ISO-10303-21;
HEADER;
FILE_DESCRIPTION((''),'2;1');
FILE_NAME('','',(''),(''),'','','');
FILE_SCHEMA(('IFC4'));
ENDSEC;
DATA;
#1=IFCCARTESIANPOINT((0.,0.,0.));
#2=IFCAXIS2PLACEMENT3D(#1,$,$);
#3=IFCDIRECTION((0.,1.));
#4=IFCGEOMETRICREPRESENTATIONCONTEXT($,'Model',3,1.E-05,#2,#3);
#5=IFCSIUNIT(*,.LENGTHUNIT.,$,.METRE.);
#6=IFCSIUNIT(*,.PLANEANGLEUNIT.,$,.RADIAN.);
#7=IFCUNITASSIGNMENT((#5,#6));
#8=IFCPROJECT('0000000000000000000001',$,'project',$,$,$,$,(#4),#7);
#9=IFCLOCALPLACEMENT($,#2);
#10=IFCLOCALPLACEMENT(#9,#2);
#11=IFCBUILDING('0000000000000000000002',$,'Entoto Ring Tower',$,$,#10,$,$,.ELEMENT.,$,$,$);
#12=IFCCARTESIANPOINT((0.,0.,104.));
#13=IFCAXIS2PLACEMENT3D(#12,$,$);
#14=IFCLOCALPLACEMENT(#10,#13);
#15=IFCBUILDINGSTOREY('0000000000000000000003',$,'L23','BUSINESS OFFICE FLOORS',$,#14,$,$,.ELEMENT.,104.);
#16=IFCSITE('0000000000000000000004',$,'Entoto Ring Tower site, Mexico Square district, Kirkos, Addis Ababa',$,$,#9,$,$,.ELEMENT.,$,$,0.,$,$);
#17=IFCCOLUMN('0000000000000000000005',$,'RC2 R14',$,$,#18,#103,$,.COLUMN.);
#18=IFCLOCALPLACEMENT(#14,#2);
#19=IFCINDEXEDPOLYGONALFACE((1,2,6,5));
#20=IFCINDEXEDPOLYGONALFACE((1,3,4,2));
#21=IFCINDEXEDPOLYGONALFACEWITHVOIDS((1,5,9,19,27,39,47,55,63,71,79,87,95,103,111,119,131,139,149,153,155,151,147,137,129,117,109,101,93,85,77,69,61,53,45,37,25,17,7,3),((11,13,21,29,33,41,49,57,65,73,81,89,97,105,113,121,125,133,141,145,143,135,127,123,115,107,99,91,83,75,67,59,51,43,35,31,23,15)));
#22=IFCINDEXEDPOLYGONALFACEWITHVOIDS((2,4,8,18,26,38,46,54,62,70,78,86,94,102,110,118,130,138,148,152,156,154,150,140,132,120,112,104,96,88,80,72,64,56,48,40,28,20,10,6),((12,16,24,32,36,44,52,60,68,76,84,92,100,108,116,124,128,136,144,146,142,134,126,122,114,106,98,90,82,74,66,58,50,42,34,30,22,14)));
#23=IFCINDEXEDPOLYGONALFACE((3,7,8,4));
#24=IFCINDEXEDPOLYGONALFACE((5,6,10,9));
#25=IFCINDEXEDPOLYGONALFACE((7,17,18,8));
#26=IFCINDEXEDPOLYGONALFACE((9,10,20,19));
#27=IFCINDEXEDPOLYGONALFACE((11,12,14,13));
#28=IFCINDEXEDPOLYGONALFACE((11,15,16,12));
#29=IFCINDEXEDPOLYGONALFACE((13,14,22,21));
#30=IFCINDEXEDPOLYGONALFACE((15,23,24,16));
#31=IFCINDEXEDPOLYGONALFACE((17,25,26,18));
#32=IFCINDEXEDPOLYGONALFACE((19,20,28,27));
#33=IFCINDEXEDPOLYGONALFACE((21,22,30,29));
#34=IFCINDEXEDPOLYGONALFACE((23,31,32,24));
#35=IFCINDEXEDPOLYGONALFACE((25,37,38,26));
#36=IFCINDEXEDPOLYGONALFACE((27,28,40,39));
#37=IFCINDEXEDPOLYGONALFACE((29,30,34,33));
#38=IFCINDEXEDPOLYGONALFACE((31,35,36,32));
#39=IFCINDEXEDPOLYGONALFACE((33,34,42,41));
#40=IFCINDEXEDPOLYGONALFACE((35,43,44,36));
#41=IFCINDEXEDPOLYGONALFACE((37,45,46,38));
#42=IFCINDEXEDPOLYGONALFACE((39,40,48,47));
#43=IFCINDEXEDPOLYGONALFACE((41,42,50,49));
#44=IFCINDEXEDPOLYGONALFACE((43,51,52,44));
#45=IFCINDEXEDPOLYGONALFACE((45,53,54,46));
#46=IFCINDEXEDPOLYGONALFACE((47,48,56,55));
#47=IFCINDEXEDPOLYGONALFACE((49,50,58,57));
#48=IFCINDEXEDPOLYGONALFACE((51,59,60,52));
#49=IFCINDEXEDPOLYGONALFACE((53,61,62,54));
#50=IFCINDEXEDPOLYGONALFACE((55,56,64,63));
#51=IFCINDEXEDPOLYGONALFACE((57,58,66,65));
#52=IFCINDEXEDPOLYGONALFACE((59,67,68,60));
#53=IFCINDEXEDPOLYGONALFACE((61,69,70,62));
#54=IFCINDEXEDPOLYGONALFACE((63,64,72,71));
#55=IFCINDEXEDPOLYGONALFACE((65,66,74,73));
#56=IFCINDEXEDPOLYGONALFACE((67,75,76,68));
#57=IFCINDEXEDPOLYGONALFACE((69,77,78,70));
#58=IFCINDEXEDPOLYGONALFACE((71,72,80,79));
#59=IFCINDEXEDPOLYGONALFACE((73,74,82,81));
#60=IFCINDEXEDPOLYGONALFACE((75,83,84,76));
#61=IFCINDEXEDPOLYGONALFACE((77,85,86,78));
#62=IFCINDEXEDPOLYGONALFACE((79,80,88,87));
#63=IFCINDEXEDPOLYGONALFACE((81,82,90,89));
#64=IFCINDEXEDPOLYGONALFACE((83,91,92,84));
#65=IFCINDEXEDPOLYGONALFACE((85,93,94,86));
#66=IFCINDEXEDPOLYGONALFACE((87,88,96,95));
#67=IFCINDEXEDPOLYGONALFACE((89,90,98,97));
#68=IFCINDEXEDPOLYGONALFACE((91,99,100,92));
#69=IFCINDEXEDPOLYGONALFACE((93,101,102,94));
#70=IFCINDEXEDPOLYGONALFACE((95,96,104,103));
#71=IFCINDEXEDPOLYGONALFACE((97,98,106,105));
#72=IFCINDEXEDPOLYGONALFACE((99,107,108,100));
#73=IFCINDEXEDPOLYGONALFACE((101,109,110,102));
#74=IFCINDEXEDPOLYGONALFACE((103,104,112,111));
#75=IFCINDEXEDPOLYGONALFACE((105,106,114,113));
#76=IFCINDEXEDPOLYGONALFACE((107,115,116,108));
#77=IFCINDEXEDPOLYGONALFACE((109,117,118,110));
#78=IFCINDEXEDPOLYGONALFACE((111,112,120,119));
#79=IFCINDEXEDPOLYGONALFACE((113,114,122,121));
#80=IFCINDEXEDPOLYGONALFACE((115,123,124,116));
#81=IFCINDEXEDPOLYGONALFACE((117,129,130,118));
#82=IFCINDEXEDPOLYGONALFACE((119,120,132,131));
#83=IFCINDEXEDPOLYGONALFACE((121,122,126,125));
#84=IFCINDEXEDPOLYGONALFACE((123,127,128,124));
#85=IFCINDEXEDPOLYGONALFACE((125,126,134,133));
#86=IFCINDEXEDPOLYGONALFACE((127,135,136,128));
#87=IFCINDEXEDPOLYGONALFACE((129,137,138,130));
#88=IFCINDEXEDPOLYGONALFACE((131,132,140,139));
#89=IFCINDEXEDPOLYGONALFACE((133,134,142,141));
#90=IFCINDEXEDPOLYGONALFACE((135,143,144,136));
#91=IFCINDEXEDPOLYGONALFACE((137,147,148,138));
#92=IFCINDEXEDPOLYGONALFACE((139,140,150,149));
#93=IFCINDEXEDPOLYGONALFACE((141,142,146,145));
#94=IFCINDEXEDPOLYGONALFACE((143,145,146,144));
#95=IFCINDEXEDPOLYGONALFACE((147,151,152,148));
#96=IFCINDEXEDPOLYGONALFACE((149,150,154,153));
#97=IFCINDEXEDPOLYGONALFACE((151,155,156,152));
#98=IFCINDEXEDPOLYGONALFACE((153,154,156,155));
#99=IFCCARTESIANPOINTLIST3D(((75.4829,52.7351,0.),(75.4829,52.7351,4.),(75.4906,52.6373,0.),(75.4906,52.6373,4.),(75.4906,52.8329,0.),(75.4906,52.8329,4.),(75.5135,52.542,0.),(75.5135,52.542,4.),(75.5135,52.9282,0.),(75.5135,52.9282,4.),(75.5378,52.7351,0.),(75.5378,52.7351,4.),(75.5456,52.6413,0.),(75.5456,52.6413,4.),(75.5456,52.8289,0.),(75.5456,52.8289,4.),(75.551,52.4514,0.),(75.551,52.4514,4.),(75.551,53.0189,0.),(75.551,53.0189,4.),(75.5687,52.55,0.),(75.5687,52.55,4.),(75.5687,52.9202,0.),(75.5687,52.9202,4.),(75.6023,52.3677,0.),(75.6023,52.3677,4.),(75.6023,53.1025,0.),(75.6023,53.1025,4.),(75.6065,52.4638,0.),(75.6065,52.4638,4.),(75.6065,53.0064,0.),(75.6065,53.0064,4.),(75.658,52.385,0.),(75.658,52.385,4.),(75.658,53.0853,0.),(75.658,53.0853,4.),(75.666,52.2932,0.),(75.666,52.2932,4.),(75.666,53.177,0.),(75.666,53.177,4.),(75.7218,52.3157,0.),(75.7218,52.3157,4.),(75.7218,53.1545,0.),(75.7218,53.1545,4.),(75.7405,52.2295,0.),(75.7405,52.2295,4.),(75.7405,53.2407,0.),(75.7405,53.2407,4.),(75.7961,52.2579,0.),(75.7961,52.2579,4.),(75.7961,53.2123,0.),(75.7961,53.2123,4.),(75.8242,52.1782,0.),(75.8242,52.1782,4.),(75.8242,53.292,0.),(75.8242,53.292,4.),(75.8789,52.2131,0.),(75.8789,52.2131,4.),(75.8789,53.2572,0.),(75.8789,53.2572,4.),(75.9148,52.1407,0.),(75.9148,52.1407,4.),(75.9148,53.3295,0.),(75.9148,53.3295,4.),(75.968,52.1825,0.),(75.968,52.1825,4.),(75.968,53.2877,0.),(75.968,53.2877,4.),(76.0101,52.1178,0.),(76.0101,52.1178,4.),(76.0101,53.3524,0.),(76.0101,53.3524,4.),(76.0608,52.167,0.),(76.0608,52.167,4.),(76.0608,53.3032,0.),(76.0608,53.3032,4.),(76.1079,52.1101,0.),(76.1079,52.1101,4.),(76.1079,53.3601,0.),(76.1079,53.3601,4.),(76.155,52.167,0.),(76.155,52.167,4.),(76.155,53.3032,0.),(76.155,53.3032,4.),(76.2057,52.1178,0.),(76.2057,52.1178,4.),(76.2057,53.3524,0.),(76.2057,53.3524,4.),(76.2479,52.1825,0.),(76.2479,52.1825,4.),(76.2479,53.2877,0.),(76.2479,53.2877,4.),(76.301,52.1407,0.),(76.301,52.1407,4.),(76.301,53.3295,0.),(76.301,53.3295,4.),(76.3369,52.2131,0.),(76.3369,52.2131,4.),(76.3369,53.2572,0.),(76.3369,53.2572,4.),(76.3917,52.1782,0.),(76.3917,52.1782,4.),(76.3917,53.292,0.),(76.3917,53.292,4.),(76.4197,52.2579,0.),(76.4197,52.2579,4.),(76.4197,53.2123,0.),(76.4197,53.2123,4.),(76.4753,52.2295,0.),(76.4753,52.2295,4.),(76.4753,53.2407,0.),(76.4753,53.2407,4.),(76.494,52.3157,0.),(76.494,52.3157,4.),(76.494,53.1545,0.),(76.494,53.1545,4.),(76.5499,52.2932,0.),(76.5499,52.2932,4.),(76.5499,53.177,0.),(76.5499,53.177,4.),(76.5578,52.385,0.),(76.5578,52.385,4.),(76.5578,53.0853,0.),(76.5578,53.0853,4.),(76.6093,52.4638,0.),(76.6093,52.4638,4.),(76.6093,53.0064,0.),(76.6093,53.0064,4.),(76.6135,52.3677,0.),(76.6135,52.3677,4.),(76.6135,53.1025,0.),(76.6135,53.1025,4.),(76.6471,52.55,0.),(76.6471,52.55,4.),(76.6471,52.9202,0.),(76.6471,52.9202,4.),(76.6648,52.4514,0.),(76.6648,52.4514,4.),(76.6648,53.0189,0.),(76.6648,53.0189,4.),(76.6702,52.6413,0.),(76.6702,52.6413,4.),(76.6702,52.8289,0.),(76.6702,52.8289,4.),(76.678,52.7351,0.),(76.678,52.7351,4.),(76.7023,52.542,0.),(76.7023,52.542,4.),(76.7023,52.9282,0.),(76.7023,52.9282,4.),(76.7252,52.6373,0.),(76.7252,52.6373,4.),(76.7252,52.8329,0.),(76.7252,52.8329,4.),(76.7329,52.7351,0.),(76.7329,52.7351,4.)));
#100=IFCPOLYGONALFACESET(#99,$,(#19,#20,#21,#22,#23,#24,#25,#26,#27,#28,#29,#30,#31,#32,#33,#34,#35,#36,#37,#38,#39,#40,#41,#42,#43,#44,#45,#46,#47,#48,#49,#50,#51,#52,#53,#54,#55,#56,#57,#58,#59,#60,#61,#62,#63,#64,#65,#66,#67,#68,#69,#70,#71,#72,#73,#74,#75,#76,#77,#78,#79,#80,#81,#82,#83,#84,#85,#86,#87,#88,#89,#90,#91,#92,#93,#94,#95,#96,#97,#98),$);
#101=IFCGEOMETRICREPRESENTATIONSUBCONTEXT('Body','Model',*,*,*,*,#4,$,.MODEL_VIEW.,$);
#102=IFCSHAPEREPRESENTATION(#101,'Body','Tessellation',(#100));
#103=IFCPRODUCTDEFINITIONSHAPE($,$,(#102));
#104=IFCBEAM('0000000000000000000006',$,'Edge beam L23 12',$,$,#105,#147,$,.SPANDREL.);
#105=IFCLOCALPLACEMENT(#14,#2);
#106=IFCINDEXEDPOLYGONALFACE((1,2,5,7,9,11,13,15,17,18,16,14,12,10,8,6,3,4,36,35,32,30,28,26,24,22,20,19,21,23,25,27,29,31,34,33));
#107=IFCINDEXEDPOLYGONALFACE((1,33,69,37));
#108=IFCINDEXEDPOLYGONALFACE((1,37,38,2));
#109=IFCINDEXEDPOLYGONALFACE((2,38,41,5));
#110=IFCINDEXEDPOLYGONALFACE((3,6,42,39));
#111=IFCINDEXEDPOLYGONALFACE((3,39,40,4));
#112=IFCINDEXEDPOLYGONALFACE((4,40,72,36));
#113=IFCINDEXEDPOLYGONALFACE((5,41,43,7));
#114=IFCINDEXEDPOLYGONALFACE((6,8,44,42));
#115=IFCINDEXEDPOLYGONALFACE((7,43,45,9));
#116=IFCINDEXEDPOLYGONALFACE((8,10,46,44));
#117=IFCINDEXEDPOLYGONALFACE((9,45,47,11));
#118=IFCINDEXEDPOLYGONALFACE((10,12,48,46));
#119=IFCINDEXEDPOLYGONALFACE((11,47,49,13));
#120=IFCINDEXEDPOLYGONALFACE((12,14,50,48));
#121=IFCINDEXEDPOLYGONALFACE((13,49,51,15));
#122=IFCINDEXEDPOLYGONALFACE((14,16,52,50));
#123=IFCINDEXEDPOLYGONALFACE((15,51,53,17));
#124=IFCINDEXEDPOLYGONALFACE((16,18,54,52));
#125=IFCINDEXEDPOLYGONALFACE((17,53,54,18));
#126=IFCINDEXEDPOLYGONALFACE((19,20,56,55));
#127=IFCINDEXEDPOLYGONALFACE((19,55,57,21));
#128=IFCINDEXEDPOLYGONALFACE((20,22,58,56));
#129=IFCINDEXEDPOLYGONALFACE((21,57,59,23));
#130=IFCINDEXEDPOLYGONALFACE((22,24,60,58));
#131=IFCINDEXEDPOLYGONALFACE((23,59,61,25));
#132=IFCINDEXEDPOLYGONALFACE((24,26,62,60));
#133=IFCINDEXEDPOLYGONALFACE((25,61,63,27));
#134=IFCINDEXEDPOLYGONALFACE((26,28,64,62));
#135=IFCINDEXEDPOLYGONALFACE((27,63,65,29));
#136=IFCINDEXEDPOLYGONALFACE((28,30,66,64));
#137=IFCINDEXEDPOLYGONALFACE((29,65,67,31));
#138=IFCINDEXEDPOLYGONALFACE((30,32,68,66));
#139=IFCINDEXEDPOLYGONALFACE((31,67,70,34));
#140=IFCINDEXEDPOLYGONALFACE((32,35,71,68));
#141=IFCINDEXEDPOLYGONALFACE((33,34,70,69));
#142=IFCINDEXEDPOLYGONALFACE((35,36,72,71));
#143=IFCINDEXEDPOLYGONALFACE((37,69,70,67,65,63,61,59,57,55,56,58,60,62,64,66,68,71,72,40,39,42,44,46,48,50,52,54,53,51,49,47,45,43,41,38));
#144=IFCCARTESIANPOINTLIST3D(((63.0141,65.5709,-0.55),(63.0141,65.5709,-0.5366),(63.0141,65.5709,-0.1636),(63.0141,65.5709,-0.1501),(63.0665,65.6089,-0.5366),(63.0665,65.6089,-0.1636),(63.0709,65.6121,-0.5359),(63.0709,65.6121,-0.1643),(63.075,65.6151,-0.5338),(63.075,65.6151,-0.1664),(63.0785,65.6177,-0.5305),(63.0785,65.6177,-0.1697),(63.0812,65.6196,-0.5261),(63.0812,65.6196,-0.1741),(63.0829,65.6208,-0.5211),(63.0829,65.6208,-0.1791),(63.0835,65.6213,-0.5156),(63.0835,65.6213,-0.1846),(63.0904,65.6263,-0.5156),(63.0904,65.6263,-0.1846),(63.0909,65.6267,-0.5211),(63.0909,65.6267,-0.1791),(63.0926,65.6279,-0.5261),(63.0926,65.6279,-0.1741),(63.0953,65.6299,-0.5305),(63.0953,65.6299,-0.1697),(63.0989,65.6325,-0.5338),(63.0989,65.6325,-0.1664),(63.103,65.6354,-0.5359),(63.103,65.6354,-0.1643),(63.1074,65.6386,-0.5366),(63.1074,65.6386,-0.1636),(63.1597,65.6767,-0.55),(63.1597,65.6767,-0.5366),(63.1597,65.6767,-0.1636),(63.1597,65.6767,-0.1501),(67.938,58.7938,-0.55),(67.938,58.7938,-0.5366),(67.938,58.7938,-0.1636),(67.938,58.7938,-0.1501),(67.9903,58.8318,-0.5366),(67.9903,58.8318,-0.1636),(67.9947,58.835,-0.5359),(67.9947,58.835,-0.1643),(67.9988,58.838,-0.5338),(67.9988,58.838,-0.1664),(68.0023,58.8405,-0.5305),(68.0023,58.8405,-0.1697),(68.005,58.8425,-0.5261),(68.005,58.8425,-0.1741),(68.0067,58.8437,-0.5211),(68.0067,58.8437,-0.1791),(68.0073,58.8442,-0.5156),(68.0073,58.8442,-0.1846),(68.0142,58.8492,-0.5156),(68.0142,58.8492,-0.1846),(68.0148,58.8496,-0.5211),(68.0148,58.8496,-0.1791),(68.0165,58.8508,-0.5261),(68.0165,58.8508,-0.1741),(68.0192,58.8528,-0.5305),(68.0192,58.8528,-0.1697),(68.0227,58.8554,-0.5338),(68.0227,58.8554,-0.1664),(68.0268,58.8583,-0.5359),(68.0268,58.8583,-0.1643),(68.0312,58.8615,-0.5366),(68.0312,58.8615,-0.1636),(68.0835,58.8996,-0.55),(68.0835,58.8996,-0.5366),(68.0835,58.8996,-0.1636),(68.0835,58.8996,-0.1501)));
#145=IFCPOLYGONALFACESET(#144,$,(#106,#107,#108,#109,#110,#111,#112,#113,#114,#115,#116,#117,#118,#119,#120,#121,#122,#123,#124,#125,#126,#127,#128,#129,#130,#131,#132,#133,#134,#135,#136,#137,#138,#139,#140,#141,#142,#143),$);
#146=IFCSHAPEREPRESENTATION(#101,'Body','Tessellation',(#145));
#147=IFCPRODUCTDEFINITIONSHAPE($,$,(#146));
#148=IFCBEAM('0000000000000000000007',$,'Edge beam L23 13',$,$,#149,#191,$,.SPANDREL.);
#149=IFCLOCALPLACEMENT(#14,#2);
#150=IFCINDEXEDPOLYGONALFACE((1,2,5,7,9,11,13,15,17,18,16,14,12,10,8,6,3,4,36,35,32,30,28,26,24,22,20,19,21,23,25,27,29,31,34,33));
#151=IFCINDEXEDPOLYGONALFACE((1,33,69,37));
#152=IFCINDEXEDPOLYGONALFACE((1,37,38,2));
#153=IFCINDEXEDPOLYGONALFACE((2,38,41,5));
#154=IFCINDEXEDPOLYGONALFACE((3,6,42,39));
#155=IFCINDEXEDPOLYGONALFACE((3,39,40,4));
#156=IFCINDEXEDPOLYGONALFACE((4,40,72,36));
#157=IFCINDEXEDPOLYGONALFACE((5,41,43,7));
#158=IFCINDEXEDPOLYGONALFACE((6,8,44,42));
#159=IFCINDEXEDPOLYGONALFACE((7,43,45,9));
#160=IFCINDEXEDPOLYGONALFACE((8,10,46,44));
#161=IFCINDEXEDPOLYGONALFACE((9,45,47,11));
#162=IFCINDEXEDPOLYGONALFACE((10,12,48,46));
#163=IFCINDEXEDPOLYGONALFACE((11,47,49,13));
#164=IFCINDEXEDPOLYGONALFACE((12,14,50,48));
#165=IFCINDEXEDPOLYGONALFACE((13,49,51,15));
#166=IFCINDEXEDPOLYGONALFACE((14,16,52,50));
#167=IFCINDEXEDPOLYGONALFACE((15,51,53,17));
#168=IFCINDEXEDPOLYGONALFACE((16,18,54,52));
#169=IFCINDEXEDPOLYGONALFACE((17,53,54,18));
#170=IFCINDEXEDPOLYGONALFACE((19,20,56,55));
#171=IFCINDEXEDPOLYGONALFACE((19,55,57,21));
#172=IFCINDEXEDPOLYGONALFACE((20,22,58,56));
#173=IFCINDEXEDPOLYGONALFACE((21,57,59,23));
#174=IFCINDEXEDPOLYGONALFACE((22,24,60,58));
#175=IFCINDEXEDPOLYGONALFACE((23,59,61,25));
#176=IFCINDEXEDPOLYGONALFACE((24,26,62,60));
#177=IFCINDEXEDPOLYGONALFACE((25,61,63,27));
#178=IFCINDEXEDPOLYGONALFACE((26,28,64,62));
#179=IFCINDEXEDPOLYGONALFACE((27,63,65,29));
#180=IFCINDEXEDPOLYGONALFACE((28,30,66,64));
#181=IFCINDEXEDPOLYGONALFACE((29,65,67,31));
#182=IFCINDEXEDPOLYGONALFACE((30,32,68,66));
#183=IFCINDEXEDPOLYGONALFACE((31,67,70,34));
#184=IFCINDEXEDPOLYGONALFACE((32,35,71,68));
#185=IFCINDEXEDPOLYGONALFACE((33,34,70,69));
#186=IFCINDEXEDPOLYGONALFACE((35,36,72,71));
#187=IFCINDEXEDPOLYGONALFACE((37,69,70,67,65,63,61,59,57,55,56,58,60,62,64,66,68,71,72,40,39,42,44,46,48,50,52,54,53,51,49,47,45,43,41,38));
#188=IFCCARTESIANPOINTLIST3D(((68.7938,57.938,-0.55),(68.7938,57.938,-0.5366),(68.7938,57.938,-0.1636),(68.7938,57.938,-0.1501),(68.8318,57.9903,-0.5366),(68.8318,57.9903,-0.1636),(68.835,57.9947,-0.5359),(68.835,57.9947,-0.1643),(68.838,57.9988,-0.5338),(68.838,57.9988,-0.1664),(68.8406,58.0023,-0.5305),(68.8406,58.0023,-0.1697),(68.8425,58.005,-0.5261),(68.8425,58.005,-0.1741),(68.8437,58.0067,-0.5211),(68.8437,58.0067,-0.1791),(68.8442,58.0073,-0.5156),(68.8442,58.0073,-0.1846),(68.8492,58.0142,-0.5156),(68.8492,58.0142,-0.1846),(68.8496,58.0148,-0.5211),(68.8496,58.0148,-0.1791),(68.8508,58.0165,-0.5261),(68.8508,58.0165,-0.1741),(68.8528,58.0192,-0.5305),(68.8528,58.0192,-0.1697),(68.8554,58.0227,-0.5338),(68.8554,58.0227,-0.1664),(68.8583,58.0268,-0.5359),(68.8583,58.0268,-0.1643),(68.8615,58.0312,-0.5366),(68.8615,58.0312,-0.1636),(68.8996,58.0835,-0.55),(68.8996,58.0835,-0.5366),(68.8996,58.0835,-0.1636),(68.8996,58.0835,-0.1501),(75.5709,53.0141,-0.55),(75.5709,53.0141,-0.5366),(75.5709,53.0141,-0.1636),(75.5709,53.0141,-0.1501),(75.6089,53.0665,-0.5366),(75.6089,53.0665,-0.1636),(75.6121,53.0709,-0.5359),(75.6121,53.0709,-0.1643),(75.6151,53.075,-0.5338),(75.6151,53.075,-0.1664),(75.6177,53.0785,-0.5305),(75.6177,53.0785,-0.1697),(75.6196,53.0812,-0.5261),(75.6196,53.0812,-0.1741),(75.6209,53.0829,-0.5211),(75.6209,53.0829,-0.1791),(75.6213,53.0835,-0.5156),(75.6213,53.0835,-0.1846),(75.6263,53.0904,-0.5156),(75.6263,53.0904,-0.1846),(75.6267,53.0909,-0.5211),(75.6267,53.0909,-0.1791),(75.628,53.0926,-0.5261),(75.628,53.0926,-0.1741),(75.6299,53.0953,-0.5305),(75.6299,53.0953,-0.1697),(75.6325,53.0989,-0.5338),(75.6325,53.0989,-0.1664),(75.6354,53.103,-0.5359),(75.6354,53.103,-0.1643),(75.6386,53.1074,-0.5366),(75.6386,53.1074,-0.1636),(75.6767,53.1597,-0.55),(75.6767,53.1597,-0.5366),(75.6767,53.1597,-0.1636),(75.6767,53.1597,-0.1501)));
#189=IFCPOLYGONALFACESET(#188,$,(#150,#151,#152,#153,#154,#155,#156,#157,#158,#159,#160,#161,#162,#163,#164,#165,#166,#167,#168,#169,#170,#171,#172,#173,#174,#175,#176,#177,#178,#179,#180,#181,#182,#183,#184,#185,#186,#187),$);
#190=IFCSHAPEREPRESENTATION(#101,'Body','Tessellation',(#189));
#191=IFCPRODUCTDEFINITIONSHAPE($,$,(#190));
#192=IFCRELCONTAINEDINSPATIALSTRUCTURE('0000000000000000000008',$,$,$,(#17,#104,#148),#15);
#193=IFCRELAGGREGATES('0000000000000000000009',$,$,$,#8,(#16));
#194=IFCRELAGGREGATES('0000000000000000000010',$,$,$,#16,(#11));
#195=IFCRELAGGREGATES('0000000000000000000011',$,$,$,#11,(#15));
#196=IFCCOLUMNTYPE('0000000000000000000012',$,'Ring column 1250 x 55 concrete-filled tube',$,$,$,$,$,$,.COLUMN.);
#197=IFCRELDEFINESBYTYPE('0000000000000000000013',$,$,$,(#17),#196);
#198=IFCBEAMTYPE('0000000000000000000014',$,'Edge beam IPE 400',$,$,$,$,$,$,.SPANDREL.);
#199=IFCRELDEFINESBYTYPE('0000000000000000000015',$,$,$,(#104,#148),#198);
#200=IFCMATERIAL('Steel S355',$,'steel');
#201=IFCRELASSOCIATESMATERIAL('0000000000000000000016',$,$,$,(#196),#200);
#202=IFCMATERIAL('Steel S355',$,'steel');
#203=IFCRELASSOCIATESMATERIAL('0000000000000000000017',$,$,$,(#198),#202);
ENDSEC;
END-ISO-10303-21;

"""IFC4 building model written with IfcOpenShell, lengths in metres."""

from ifc_helpers import new_model, si_unit, direction, frame, origin, origin_2d, place, context, subcontext, project, spatial, circle, hollow_circle, i_section, extrude, material, material_profile, profile_set, type_object, element, save


model = new_model("IFC4")

# Units and contexts
model_context = context("Model", 3, precision=1e-05, world=origin(), true_north=direction((0.0, 1.0)))
body_context = subcontext(model_context, "Body", "Model", "MODEL_VIEW")
ifc_project = project(units=[si_unit("LENGTHUNIT", "METRE"), si_unit("PLANEANGLEUNIT", "RADIAN")], contexts=[model_context])

# Site, building, storey
site_placement = place(None, origin())
site = spatial("IfcSite", under=ifc_project, at=site_placement, Name="Entoto Ring Tower site, Mexico Square district, Kirkos, Addis Ababa", CompositionType="ELEMENT", RefElevation=0.0)
building_placement = place(site_placement, origin())
building = spatial("IfcBuilding", under=site, at=building_placement, Name="Entoto Ring Tower", CompositionType="ELEMENT")
storey_placement = place(building_placement, frame((0.0, 0.0, 104.0)))
storey = spatial("IfcBuildingStorey", under=building, at=storey_placement, Name="L23", Description="BUSINESS OFFICE FLOORS", CompositionType="ELEMENT", Elevation=104.0)

# Column
ifc_material_1 = material(Name="Steel S355", Category="steel")
ifc_material_profile_1 = material_profile(ifc_material_1, hollow_circle(Radius=0.625, WallThickness=0.0549, at=origin_2d()), Name="CHS 1250 x 55")
ifc_material_2 = material(Name="Concrete C60/75", Category="concrete")
ifc_material_profile_2 = material_profile(ifc_material_2, circle(Radius=0.5701, at=origin_2d()), Name="Concrete C60/75 infill")
ifc_profile_set_1 = profile_set([ifc_material_profile_1, ifc_material_profile_2], Name="Steel S355")
column_type = type_object("IfcColumnType", Name="Ring column 1250 x 55 concrete-filled tube", PredefinedType="COLUMN", material=ifc_profile_set_1)
for number, where, z_axis, x_axis, name in (
    (1, (76.1079, 52.7351, 0.0), (0.0, 0.0, 1.0), (1.0, 0.0, 0.0), "RC2 R14"),
):
    element("IfcColumn", number, at=place(storey_placement, frame(where, z_axis=z_axis, x_axis=x_axis)), inside=storey, type_object=column_type, Name=name, PredefinedType="COLUMN", context=body_context, shape_type="SweptSolid", body=[
        extrude(hollow_circle(Radius=0.625, WallThickness=0.0549, at=origin_2d()), origin(), (0.0, 0.0, 1.0), 4.0),
    ])

# Beams
ifc_material_3 = material(Name="Steel S355", Category="steel")
ifc_material_profile_3 = material_profile(ifc_material_3, i_section(OverallWidth=0.1799, OverallDepth=0.3999, WebThickness=0.0085, FlangeThickness=0.0134, FilletRadius=0.021, at=origin_2d()), Name="IPE 400")
ifc_profile_set_2 = profile_set([ifc_material_profile_3], Name="Steel S355")
beam_type_1 = type_object("IfcBeamType", Name="Edge beam IPE 400", PredefinedType="SPANDREL", material=ifc_profile_set_2)
for number, where, z_axis, x_axis, name in (
    (2, (63.0869, 65.6238, -0.3501), (0.587783, -0.809018, 0.0), (0.809018, 0.587783, 0.0), "Edge beam L23 12"),
    (3, (68.8467, 58.0107, -0.3501), (0.809018, -0.587783, 0.0), (0.587783, 0.809018, 0.0), "Edge beam L23 13"),
):
    element("IfcBeam", number, at=place(storey_placement, frame(where, z_axis=z_axis, x_axis=x_axis)), inside=storey, type_object=beam_type_1, Name=name, PredefinedType="SPANDREL", context=body_context, shape_type="SweptSolid", body=[
        extrude(i_section(OverallWidth=0.1799, OverallDepth=0.3999, WebThickness=0.0085, FlangeThickness=0.0134, FilletRadius=0.021, at=origin_2d()), origin(), (0.0, 0.0, 1.0), 8.377),
    ])

save(model, "model.ifc")
